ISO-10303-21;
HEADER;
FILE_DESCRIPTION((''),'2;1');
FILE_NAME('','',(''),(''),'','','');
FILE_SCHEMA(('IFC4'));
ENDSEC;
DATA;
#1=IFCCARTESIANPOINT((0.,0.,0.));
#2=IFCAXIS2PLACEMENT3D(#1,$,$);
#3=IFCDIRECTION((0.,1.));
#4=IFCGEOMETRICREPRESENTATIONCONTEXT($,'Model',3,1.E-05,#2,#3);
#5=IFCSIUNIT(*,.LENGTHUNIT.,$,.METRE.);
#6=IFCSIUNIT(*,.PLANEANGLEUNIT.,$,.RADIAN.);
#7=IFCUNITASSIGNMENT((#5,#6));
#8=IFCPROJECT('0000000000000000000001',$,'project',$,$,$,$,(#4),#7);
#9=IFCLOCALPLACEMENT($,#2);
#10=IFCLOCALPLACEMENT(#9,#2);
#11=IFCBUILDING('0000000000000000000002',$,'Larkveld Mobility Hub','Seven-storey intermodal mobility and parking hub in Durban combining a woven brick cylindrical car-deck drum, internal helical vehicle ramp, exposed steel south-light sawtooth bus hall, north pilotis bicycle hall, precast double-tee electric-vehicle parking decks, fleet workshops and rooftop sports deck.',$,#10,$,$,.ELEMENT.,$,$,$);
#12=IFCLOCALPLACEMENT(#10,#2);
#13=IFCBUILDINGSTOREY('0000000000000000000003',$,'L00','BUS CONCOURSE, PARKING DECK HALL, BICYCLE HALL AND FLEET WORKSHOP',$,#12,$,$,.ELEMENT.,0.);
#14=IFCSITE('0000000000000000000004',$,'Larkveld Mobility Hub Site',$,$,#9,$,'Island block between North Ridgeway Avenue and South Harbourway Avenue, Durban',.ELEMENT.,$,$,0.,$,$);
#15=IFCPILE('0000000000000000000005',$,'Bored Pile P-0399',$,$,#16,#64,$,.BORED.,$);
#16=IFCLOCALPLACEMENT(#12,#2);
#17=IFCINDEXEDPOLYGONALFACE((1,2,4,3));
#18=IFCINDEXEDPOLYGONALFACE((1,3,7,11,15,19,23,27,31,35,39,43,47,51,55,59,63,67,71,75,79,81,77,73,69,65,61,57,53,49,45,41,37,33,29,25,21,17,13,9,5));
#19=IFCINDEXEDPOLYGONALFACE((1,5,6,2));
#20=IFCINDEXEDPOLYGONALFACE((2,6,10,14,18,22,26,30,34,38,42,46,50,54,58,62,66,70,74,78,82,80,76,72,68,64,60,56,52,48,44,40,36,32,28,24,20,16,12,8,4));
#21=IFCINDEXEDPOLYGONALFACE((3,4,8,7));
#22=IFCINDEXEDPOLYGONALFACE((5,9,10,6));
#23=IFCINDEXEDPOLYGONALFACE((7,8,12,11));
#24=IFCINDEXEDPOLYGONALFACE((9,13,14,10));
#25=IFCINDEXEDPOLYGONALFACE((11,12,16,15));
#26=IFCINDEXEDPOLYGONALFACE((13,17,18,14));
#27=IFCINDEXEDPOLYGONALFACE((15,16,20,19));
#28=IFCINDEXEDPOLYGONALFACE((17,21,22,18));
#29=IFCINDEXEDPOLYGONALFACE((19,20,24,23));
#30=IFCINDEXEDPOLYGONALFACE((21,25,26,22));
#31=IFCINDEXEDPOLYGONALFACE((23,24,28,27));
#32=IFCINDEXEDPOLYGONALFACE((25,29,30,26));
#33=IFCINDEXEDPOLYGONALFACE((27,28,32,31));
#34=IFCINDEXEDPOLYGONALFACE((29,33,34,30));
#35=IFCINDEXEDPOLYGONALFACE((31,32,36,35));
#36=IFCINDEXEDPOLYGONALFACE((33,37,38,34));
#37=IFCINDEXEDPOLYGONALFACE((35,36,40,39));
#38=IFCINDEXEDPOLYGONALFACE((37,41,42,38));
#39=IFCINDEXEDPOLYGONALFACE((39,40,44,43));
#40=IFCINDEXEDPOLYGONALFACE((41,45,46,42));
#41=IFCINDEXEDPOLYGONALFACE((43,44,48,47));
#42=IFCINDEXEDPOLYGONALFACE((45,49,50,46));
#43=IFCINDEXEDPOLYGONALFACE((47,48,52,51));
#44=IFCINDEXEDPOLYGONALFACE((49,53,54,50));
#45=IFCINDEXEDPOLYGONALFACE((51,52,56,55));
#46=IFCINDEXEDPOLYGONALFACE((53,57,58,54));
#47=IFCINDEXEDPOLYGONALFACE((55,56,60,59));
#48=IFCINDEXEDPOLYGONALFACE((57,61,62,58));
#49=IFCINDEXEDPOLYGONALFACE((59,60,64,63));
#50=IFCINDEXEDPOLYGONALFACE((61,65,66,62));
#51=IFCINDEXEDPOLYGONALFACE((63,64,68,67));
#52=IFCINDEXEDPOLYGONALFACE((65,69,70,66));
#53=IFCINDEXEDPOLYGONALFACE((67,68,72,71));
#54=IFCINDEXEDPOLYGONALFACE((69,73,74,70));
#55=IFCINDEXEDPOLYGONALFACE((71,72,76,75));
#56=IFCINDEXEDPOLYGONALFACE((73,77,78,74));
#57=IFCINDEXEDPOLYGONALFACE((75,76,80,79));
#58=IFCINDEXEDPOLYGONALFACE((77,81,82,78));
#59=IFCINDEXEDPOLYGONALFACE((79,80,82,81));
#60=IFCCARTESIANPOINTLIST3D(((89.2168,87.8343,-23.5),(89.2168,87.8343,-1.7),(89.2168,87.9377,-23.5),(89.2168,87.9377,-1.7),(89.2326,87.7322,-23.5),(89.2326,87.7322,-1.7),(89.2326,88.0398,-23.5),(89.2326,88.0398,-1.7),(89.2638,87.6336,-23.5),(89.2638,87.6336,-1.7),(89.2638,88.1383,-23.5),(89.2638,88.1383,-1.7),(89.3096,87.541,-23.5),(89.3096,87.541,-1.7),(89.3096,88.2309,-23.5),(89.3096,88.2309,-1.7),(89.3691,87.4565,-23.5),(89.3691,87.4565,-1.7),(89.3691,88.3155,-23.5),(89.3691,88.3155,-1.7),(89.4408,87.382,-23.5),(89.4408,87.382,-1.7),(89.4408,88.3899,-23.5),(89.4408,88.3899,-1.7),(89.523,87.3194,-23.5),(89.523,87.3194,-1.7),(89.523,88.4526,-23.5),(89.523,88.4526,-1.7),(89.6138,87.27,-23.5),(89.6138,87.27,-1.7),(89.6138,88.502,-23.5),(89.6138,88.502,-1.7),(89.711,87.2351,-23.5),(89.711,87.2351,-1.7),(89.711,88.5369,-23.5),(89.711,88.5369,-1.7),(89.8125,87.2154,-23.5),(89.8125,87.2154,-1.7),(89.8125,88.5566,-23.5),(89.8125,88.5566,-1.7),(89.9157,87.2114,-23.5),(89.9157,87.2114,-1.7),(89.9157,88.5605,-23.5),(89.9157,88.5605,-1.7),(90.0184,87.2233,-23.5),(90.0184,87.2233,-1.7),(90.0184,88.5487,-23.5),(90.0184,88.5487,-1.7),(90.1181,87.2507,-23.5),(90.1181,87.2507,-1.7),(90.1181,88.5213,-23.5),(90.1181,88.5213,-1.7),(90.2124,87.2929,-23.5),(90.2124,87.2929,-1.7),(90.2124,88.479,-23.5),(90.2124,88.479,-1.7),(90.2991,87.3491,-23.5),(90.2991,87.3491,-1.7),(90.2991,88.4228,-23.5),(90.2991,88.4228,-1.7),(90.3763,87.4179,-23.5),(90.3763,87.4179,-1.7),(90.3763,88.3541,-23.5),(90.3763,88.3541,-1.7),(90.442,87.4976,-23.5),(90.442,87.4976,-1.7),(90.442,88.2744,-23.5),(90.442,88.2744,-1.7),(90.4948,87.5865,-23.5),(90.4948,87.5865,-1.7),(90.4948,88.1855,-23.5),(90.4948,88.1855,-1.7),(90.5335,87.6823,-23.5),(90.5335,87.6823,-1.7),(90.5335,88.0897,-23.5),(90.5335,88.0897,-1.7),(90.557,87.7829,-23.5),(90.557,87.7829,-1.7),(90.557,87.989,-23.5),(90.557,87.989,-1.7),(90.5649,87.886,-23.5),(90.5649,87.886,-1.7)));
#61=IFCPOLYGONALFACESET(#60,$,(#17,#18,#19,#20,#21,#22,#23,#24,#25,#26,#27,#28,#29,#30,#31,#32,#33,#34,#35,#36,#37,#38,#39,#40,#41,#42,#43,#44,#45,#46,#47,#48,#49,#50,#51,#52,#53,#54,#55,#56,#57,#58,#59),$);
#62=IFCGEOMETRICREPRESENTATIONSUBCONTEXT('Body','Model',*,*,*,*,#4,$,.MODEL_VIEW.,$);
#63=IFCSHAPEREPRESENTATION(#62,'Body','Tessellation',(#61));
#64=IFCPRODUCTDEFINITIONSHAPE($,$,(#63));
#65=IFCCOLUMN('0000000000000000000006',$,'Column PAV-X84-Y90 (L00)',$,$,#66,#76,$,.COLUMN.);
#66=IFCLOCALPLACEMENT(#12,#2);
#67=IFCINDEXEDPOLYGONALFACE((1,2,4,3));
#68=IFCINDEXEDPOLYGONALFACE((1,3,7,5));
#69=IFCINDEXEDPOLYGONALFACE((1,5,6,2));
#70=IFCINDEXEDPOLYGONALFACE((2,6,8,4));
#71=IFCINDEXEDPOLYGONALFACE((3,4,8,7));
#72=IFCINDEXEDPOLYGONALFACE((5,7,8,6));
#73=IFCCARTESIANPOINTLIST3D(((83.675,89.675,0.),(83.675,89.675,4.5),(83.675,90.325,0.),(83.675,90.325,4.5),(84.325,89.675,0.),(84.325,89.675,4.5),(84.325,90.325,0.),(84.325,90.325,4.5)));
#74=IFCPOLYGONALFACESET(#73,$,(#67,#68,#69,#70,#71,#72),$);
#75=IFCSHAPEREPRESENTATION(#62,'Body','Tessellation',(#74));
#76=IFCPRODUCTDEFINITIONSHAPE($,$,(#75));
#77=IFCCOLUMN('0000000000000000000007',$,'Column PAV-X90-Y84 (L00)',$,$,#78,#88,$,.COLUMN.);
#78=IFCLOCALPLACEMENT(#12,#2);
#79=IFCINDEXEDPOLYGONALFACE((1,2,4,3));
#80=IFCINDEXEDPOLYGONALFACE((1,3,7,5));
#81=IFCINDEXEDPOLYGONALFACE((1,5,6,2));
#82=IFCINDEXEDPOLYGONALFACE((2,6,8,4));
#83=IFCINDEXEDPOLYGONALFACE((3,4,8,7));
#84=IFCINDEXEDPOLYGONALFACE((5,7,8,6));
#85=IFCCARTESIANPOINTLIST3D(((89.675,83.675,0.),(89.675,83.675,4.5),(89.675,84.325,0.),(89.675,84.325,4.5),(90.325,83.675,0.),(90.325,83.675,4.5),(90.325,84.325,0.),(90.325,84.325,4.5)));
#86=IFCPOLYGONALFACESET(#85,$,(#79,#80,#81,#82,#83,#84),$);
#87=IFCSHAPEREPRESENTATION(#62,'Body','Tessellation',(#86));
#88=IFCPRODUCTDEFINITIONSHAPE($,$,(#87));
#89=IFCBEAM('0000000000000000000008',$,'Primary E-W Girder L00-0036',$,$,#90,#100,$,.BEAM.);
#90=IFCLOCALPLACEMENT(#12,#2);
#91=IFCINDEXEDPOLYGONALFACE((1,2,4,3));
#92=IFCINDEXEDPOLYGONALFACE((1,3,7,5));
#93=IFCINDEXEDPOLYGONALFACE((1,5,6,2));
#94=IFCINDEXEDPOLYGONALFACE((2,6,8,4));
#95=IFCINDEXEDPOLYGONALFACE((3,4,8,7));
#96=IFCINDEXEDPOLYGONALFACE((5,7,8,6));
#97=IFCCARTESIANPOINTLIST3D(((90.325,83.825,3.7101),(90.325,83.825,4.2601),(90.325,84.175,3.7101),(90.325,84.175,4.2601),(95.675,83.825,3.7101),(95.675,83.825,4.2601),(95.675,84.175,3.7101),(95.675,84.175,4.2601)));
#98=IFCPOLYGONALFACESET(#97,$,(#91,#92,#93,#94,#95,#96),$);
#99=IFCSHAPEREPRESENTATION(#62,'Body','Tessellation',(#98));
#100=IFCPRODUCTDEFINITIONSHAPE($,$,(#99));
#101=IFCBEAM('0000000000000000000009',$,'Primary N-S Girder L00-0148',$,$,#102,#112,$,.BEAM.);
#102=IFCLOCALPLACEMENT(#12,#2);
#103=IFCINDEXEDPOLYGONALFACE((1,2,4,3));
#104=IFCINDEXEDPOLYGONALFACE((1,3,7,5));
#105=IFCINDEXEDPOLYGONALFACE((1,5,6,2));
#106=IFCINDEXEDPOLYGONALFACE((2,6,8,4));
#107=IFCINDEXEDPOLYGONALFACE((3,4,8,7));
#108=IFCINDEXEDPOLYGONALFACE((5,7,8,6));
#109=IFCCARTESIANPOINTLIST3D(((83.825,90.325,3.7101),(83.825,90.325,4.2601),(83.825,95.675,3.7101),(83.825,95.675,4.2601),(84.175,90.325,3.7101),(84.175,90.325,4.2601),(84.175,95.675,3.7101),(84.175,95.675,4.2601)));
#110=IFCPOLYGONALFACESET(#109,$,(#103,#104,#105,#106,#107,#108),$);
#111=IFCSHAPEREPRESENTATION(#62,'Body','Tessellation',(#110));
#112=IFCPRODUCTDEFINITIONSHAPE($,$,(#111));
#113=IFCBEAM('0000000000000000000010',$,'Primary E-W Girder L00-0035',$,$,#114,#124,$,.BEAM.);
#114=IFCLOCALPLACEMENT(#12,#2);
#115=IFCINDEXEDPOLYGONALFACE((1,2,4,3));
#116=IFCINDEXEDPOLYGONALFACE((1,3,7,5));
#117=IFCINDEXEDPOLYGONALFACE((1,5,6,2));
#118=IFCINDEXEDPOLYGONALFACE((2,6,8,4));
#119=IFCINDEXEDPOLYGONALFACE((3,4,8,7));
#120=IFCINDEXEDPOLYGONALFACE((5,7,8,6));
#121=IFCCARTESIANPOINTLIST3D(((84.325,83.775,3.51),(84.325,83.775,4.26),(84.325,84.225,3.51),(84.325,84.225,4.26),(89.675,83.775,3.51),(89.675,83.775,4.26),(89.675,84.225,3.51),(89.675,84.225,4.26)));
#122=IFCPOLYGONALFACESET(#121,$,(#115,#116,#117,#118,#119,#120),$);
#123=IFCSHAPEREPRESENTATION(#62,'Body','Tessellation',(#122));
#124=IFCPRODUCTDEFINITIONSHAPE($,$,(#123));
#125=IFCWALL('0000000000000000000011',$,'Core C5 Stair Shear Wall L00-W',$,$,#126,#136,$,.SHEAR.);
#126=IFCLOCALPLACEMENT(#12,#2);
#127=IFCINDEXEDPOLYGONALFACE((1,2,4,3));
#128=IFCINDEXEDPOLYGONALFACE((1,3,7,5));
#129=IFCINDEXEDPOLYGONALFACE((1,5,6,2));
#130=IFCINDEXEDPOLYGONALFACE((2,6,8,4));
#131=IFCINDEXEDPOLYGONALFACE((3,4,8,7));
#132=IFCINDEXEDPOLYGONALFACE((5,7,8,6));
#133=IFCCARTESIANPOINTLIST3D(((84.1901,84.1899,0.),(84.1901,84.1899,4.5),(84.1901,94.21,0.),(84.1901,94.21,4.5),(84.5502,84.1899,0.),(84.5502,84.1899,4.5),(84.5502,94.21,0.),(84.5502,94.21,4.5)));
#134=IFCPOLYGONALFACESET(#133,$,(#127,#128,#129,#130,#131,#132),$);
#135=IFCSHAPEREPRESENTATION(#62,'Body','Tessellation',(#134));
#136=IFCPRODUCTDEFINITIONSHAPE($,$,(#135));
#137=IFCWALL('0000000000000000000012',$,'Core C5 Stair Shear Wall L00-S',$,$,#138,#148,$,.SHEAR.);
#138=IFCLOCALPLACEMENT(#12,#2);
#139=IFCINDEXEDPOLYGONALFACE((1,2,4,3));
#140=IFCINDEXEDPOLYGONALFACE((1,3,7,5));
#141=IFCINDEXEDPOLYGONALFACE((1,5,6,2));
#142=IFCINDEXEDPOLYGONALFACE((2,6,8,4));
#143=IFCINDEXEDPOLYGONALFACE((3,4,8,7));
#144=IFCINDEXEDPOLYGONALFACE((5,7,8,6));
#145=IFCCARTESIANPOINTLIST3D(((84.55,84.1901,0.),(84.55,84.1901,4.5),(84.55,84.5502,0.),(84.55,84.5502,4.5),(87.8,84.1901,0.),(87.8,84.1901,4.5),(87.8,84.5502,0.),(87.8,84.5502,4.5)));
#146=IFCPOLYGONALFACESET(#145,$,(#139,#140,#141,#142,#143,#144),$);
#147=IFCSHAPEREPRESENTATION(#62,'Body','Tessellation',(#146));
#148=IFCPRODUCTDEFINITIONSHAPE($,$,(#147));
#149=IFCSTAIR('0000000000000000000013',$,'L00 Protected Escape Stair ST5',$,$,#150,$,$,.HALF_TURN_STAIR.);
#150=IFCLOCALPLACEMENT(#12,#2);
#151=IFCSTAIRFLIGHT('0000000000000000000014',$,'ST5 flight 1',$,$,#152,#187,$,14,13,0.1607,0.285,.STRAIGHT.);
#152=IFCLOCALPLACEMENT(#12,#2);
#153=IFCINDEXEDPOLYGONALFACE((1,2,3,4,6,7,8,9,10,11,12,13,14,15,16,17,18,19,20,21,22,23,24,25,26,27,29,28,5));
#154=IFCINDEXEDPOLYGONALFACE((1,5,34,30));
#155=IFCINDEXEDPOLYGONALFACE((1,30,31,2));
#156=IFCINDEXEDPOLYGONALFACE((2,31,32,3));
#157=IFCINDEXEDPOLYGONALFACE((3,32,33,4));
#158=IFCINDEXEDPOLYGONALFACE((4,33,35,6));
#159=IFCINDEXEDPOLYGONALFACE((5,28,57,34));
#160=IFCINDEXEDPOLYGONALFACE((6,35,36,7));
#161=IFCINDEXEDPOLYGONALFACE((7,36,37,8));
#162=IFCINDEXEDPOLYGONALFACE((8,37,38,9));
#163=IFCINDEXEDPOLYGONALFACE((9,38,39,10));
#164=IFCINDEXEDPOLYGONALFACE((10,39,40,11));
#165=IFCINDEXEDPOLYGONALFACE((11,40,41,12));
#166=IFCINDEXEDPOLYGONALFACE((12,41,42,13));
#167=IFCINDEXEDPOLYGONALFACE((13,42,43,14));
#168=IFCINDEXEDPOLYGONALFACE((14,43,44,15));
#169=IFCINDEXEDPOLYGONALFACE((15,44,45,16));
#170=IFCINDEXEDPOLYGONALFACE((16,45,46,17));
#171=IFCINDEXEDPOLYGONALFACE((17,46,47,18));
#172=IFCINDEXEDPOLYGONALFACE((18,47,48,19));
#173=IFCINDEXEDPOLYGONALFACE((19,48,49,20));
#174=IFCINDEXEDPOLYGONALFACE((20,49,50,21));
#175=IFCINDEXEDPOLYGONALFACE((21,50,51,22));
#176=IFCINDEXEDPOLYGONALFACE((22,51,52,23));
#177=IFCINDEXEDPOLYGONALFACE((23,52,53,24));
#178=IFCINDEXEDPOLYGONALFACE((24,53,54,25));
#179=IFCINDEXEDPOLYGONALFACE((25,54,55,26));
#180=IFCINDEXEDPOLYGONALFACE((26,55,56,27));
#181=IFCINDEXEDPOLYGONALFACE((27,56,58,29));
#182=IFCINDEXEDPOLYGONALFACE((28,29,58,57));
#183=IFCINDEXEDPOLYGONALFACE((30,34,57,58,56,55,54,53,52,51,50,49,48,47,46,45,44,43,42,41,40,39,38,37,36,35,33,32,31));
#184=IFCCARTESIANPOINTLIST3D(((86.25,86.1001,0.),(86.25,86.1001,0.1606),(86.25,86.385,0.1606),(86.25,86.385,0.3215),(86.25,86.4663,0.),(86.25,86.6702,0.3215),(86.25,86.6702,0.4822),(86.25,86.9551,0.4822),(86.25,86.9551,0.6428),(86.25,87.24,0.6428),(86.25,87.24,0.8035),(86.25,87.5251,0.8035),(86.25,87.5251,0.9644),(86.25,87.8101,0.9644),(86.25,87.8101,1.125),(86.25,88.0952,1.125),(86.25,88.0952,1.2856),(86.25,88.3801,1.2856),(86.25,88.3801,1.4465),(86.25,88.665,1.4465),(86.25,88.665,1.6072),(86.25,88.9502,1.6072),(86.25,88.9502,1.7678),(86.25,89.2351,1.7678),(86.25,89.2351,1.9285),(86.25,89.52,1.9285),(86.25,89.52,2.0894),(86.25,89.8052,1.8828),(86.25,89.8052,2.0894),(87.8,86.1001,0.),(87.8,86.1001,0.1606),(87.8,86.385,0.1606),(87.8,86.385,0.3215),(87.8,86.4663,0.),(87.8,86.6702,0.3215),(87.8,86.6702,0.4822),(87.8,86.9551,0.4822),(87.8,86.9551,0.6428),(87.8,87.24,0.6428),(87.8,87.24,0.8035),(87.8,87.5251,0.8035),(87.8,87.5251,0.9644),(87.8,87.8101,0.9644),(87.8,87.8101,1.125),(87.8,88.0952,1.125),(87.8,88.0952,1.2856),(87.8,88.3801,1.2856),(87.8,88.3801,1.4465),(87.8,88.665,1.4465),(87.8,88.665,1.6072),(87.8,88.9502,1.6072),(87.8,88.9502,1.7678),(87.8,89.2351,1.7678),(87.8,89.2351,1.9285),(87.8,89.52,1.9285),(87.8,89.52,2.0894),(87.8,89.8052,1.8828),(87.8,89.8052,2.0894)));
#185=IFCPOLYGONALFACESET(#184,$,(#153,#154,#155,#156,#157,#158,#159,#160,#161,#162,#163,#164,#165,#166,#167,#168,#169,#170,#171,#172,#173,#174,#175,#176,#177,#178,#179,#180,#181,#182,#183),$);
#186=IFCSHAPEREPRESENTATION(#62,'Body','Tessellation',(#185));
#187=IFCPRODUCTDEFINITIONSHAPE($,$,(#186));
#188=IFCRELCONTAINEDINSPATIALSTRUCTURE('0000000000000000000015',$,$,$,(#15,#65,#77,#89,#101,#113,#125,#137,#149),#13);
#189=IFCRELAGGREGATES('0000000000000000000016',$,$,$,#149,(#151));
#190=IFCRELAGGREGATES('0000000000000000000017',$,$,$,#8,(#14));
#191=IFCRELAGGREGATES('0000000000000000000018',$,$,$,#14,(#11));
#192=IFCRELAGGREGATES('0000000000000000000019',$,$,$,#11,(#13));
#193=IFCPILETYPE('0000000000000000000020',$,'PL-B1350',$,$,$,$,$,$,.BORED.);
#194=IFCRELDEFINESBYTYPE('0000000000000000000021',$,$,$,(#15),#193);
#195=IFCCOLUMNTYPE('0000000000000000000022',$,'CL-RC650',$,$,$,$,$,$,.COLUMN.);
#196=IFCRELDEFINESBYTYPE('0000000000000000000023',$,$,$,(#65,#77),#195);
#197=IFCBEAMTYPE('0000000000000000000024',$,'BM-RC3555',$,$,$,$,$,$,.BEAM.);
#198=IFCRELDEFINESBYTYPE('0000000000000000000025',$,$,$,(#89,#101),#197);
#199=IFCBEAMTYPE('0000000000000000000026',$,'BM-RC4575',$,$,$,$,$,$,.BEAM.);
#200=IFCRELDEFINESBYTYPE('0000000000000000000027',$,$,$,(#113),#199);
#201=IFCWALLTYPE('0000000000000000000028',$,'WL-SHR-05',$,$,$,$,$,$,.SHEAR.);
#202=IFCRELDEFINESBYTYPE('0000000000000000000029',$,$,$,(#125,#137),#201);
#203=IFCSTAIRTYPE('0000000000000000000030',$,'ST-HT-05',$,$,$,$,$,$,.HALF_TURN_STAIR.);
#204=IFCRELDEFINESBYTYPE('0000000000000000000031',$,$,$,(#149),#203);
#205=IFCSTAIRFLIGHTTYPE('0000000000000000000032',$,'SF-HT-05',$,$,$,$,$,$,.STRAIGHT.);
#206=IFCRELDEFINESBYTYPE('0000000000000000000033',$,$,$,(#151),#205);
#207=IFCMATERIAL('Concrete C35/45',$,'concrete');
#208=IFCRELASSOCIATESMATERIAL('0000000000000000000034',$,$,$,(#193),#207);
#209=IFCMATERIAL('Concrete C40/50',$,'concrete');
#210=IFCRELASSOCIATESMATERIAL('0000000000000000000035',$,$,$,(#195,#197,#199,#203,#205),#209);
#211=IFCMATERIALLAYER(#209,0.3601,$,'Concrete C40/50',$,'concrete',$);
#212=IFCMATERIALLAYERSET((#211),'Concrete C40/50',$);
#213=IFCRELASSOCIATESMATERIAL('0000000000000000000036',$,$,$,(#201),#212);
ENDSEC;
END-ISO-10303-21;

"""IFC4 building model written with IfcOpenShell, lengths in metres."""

from ifc_helpers import new_model, si_unit, direction, frame, frame_2d, origin, origin_2d, place, context, subcontext, project, spatial, polyline, rectangle, circle, outline, extrude, material, layer, layer_set, material_profile, profile_set, type_object, element, aggregate, save


model = new_model("IFC4")

# Units and contexts
model_context = context("Model", 3, precision=1e-05, world=origin(), true_north=direction((0.0, 1.0)))
body_context = subcontext(model_context, "Body", "Model", "MODEL_VIEW")
ifc_project = project(units=[si_unit("LENGTHUNIT", "METRE"), si_unit("PLANEANGLEUNIT", "RADIAN")], contexts=[model_context])

# Site, building, storey
site_placement = place(None, origin())
site = spatial("IfcSite", under=ifc_project, at=site_placement, Name="Larkveld Mobility Hub Site", LongName="Island block between North Ridgeway Avenue and South Harbourway Avenue, Durban", CompositionType="ELEMENT", RefElevation=0.0)
building_placement = place(site_placement, origin())
building = spatial("IfcBuilding", under=site, at=building_placement, Name="Larkveld Mobility Hub", Description="Seven-storey intermodal mobility and parking hub in Durban combining a woven brick cylindrical car-deck drum, internal helical vehicle ramp, exposed steel south-light sawtooth bus hall, north pilotis bicycle hall, precast double-tee electric-vehicle parking decks, fleet workshops and rooftop sports deck.", CompositionType="ELEMENT")
storey_placement = place(building_placement, origin())
storey = spatial("IfcBuildingStorey", under=building, at=storey_placement, Name="L00", Description="BUS CONCOURSE, PARKING DECK HALL, BICYCLE HALL AND FLEET WORKSHOP", CompositionType="ELEMENT", Elevation=0.0)

# Shared definitions
ifc_material_1 = material(Name="Concrete C35/45", Category="concrete")

# Pile
ifc_material_profile_1 = material_profile(ifc_material_1, circle(Radius=0.675, at=origin_2d()), Name="PILE D1350")
ifc_profile_set_1 = profile_set([ifc_material_profile_1], Name="Concrete C35/45")
pile_type = type_object("IfcPileType", Name="PL-B1350", PredefinedType="BORED", material=ifc_profile_set_1)
for number, where, z_axis, x_axis, name in (
    (1, (89.8899, 87.886, -1.7), (0.0, 0.0, -1.0), (1.0, 0.0, 0.0), "Bored Pile P-0399"),
):
    element("IfcPile", number, at=place(storey_placement, frame(where, z_axis=z_axis, x_axis=x_axis)), inside=storey, type_object=pile_type, Name=name, PredefinedType="BORED", context=body_context, shape_type="SweptSolid", body=[
        extrude(circle(Radius=0.675, at=origin_2d()), origin(), (0.0, 0.0, 1.0), 21.8),
    ])

# Columns
ifc_material_2 = material(Name="Concrete C40/50", Category="concrete")
ifc_material_profile_2 = material_profile(ifc_material_2, rectangle(XDim=0.6499, YDim=0.6499, at=origin_2d()), Name="RC COL 650x650")
ifc_profile_set_2 = profile_set([ifc_material_profile_2], Name="Concrete C40/50")
column_type = type_object("IfcColumnType", Name="CL-RC650", PredefinedType="COLUMN", material=ifc_profile_set_2)
for number, where, z_axis, x_axis, name in (
    (2, (84.0, 90.0, 0.0), (0.0, 0.0, 1.0), (1.0, 0.0, 0.0), "Column PAV-X84-Y90 (L00)"),
    (3, (90.0, 84.0, 0.0), (0.0, 0.0, 1.0), (1.0, 0.0, 0.0), "Column PAV-X90-Y84 (L00)"),
):
    element("IfcColumn", number, at=place(storey_placement, frame(where, z_axis=z_axis, x_axis=x_axis)), inside=storey, type_object=column_type, Name=name, PredefinedType="COLUMN", context=body_context, shape_type="SweptSolid", body=[
        extrude(rectangle(XDim=0.6499, YDim=0.6499, at=origin_2d()), origin(), (0.0, 0.0, 1.0), 4.5),
    ])

# Beams
ifc_material_profile_3 = material_profile(ifc_material_2, rectangle(XDim=0.3501, YDim=0.55, at=origin_2d()), Name="RC BM 350x550")
ifc_profile_set_3 = profile_set([ifc_material_profile_3], Name="Concrete C40/50")
beam_type_1 = type_object("IfcBeamType", Name="BM-RC3555", PredefinedType="BEAM", material=ifc_profile_set_3)
for number, where, z_axis, x_axis, name in (
    (4, (90.325, 84.0, 3.9851), (1.0, 0.0, 0.0), (0.0, 1.0, 0.0), "Primary E-W Girder L00-0036"),
    (5, (84.0, 90.325, 3.9851), (0.0, 1.0, 0.0), (-1.0, 0.0, 0.0), "Primary N-S Girder L00-0148"),
):
    element("IfcBeam", number, at=place(storey_placement, frame(where, z_axis=z_axis, x_axis=x_axis)), inside=storey, type_object=beam_type_1, Name=name, PredefinedType="BEAM", context=body_context, shape_type="SweptSolid", body=[
        extrude(rectangle(XDim=0.3501, YDim=0.55, at=origin_2d()), origin(), (0.0, 0.0, 1.0), 5.3501),
    ])
ifc_material_profile_4 = material_profile(ifc_material_2, rectangle(XDim=0.45, YDim=0.75, at=origin_2d()), Name="RC BM 450x750")
ifc_profile_set_4 = profile_set([ifc_material_profile_4], Name="Concrete C40/50")
beam_type_2 = type_object("IfcBeamType", Name="BM-RC4575", PredefinedType="BEAM", material=ifc_profile_set_4)
beam_placement = place(storey_placement, frame((84.325, 84.0, 3.885), z_axis=(1.0, 0.0, 0.0), x_axis=(0.0, 1.0, 0.0)))
element("IfcBeam", 6, at=beam_placement, inside=storey, type_object=beam_type_2, Name="Primary E-W Girder L00-0035", PredefinedType="BEAM", context=body_context, shape_type="SweptSolid", body=[
    extrude(rectangle(XDim=0.45, YDim=0.75, at=origin_2d()), origin(), (0.0, 0.0, 1.0), 5.3501),
])

# Walls
ifc_layer = layer(ifc_material_2, 0.3601, Name="Concrete C40/50", Category="concrete")
ifc_layer_set = layer_set([ifc_layer], Name="Concrete C40/50")
wall_type = type_object("IfcWallType", Name="WL-SHR-05", PredefinedType="SHEAR", material=ifc_layer_set)
wall_1_placement = place(storey_placement, frame((84.3701, 84.1899, 0.0), z_axis=(0.0, 0.0, 1.0), x_axis=(0.0, 1.0, 0.0)))
element("IfcWall", 7, at=wall_1_placement, inside=storey, type_object=wall_type, Name="Core C5 Stair Shear Wall L00-W", PredefinedType="SHEAR", context=body_context, shape_type="SweptSolid", body=[
    extrude(rectangle(XDim=10.02, YDim=0.3601, at=frame_2d((5.01, 0.0))), origin(), (0.0, 0.0, 1.0), 4.5),
])
wall_2_placement = place(storey_placement, frame((87.8, 84.3701, 0.0), z_axis=(0.0, 0.0, 1.0), x_axis=(-1.0, 0.0, 0.0)))
element("IfcWall", 8, at=wall_2_placement, inside=storey, type_object=wall_type, Name="Core C5 Stair Shear Wall L00-S", PredefinedType="SHEAR", context=body_context, shape_type="SweptSolid", body=[
    extrude(rectangle(XDim=3.25, YDim=0.3601, at=frame_2d((1.625, 0.0))), origin(), (0.0, 0.0, 1.0), 4.5),
])

# Stair, stair flight
stair_type = type_object("IfcStairType", Name="ST-HT-05", PredefinedType="HALF_TURN_STAIR", material=ifc_material_2)
stair_placement = place(storey_placement, origin())
stair = element("IfcStair", 9, at=stair_placement, inside=storey, type_object=stair_type, Name="L00 Protected Escape Stair ST5", PredefinedType="HALF_TURN_STAIR")
stair_flight_type = type_object("IfcStairFlightType", Name="SF-HT-05", PredefinedType="STRAIGHT", material=ifc_material_2)
stair_flight_1_placement = place(storey_placement, frame((87.0249, 86.1001, 0.0), z_axis=(0.0, 0.0, 1.0), x_axis=(0.0, 1.0, 0.0)))
stair_flight_1 = element("IfcStairFlight", 10, at=stair_flight_1_placement, type_object=stair_flight_type, Name="ST5 flight 1", NumberOfRisers=14, NumberOfTreads=13, PredefinedType="STRAIGHT", RiserHeight=0.1607, TreadLength=0.285, context=body_context, shape_type="SweptSolid", body=[
    extrude(outline(polyline([(0.0, 0.0), (0.0, 0.1606), (0.2849, 0.1606), (0.2849, 0.3215), (0.5701, 0.3215), (0.5701, 0.4822), (0.855, 0.4822), (0.855, 0.6428), (1.1399, 0.6428), (1.1399, 0.8035), (1.425, 0.8035), (1.425, 0.9644), (1.71, 0.9644), (1.71, 1.125), (1.9951, 1.125), (1.9951, 1.2856), (2.28, 1.2856), (2.28, 1.4465), (2.5649, 1.4465), (2.5649, 1.6072), (2.8501, 1.6072), (2.8501, 1.7678), (3.135, 1.7678), (3.135, 1.9285), (3.4199, 1.9285), (3.4199, 2.0894), (3.7051, 2.0894), (3.7051, 2.25), (3.7051, 1.8828), (0.3662, 0.0), (0.0, 0.0)])), frame((0.0, 0.7749, 0.0), z_axis=(0.0, -1.0, 0.0), x_axis=(1.0, 0.0, 0.0)), (0.0, 0.0, 1.0), 1.55),
])
aggregate(stair, [stair_flight_1])

save(model, "model.ifc")
